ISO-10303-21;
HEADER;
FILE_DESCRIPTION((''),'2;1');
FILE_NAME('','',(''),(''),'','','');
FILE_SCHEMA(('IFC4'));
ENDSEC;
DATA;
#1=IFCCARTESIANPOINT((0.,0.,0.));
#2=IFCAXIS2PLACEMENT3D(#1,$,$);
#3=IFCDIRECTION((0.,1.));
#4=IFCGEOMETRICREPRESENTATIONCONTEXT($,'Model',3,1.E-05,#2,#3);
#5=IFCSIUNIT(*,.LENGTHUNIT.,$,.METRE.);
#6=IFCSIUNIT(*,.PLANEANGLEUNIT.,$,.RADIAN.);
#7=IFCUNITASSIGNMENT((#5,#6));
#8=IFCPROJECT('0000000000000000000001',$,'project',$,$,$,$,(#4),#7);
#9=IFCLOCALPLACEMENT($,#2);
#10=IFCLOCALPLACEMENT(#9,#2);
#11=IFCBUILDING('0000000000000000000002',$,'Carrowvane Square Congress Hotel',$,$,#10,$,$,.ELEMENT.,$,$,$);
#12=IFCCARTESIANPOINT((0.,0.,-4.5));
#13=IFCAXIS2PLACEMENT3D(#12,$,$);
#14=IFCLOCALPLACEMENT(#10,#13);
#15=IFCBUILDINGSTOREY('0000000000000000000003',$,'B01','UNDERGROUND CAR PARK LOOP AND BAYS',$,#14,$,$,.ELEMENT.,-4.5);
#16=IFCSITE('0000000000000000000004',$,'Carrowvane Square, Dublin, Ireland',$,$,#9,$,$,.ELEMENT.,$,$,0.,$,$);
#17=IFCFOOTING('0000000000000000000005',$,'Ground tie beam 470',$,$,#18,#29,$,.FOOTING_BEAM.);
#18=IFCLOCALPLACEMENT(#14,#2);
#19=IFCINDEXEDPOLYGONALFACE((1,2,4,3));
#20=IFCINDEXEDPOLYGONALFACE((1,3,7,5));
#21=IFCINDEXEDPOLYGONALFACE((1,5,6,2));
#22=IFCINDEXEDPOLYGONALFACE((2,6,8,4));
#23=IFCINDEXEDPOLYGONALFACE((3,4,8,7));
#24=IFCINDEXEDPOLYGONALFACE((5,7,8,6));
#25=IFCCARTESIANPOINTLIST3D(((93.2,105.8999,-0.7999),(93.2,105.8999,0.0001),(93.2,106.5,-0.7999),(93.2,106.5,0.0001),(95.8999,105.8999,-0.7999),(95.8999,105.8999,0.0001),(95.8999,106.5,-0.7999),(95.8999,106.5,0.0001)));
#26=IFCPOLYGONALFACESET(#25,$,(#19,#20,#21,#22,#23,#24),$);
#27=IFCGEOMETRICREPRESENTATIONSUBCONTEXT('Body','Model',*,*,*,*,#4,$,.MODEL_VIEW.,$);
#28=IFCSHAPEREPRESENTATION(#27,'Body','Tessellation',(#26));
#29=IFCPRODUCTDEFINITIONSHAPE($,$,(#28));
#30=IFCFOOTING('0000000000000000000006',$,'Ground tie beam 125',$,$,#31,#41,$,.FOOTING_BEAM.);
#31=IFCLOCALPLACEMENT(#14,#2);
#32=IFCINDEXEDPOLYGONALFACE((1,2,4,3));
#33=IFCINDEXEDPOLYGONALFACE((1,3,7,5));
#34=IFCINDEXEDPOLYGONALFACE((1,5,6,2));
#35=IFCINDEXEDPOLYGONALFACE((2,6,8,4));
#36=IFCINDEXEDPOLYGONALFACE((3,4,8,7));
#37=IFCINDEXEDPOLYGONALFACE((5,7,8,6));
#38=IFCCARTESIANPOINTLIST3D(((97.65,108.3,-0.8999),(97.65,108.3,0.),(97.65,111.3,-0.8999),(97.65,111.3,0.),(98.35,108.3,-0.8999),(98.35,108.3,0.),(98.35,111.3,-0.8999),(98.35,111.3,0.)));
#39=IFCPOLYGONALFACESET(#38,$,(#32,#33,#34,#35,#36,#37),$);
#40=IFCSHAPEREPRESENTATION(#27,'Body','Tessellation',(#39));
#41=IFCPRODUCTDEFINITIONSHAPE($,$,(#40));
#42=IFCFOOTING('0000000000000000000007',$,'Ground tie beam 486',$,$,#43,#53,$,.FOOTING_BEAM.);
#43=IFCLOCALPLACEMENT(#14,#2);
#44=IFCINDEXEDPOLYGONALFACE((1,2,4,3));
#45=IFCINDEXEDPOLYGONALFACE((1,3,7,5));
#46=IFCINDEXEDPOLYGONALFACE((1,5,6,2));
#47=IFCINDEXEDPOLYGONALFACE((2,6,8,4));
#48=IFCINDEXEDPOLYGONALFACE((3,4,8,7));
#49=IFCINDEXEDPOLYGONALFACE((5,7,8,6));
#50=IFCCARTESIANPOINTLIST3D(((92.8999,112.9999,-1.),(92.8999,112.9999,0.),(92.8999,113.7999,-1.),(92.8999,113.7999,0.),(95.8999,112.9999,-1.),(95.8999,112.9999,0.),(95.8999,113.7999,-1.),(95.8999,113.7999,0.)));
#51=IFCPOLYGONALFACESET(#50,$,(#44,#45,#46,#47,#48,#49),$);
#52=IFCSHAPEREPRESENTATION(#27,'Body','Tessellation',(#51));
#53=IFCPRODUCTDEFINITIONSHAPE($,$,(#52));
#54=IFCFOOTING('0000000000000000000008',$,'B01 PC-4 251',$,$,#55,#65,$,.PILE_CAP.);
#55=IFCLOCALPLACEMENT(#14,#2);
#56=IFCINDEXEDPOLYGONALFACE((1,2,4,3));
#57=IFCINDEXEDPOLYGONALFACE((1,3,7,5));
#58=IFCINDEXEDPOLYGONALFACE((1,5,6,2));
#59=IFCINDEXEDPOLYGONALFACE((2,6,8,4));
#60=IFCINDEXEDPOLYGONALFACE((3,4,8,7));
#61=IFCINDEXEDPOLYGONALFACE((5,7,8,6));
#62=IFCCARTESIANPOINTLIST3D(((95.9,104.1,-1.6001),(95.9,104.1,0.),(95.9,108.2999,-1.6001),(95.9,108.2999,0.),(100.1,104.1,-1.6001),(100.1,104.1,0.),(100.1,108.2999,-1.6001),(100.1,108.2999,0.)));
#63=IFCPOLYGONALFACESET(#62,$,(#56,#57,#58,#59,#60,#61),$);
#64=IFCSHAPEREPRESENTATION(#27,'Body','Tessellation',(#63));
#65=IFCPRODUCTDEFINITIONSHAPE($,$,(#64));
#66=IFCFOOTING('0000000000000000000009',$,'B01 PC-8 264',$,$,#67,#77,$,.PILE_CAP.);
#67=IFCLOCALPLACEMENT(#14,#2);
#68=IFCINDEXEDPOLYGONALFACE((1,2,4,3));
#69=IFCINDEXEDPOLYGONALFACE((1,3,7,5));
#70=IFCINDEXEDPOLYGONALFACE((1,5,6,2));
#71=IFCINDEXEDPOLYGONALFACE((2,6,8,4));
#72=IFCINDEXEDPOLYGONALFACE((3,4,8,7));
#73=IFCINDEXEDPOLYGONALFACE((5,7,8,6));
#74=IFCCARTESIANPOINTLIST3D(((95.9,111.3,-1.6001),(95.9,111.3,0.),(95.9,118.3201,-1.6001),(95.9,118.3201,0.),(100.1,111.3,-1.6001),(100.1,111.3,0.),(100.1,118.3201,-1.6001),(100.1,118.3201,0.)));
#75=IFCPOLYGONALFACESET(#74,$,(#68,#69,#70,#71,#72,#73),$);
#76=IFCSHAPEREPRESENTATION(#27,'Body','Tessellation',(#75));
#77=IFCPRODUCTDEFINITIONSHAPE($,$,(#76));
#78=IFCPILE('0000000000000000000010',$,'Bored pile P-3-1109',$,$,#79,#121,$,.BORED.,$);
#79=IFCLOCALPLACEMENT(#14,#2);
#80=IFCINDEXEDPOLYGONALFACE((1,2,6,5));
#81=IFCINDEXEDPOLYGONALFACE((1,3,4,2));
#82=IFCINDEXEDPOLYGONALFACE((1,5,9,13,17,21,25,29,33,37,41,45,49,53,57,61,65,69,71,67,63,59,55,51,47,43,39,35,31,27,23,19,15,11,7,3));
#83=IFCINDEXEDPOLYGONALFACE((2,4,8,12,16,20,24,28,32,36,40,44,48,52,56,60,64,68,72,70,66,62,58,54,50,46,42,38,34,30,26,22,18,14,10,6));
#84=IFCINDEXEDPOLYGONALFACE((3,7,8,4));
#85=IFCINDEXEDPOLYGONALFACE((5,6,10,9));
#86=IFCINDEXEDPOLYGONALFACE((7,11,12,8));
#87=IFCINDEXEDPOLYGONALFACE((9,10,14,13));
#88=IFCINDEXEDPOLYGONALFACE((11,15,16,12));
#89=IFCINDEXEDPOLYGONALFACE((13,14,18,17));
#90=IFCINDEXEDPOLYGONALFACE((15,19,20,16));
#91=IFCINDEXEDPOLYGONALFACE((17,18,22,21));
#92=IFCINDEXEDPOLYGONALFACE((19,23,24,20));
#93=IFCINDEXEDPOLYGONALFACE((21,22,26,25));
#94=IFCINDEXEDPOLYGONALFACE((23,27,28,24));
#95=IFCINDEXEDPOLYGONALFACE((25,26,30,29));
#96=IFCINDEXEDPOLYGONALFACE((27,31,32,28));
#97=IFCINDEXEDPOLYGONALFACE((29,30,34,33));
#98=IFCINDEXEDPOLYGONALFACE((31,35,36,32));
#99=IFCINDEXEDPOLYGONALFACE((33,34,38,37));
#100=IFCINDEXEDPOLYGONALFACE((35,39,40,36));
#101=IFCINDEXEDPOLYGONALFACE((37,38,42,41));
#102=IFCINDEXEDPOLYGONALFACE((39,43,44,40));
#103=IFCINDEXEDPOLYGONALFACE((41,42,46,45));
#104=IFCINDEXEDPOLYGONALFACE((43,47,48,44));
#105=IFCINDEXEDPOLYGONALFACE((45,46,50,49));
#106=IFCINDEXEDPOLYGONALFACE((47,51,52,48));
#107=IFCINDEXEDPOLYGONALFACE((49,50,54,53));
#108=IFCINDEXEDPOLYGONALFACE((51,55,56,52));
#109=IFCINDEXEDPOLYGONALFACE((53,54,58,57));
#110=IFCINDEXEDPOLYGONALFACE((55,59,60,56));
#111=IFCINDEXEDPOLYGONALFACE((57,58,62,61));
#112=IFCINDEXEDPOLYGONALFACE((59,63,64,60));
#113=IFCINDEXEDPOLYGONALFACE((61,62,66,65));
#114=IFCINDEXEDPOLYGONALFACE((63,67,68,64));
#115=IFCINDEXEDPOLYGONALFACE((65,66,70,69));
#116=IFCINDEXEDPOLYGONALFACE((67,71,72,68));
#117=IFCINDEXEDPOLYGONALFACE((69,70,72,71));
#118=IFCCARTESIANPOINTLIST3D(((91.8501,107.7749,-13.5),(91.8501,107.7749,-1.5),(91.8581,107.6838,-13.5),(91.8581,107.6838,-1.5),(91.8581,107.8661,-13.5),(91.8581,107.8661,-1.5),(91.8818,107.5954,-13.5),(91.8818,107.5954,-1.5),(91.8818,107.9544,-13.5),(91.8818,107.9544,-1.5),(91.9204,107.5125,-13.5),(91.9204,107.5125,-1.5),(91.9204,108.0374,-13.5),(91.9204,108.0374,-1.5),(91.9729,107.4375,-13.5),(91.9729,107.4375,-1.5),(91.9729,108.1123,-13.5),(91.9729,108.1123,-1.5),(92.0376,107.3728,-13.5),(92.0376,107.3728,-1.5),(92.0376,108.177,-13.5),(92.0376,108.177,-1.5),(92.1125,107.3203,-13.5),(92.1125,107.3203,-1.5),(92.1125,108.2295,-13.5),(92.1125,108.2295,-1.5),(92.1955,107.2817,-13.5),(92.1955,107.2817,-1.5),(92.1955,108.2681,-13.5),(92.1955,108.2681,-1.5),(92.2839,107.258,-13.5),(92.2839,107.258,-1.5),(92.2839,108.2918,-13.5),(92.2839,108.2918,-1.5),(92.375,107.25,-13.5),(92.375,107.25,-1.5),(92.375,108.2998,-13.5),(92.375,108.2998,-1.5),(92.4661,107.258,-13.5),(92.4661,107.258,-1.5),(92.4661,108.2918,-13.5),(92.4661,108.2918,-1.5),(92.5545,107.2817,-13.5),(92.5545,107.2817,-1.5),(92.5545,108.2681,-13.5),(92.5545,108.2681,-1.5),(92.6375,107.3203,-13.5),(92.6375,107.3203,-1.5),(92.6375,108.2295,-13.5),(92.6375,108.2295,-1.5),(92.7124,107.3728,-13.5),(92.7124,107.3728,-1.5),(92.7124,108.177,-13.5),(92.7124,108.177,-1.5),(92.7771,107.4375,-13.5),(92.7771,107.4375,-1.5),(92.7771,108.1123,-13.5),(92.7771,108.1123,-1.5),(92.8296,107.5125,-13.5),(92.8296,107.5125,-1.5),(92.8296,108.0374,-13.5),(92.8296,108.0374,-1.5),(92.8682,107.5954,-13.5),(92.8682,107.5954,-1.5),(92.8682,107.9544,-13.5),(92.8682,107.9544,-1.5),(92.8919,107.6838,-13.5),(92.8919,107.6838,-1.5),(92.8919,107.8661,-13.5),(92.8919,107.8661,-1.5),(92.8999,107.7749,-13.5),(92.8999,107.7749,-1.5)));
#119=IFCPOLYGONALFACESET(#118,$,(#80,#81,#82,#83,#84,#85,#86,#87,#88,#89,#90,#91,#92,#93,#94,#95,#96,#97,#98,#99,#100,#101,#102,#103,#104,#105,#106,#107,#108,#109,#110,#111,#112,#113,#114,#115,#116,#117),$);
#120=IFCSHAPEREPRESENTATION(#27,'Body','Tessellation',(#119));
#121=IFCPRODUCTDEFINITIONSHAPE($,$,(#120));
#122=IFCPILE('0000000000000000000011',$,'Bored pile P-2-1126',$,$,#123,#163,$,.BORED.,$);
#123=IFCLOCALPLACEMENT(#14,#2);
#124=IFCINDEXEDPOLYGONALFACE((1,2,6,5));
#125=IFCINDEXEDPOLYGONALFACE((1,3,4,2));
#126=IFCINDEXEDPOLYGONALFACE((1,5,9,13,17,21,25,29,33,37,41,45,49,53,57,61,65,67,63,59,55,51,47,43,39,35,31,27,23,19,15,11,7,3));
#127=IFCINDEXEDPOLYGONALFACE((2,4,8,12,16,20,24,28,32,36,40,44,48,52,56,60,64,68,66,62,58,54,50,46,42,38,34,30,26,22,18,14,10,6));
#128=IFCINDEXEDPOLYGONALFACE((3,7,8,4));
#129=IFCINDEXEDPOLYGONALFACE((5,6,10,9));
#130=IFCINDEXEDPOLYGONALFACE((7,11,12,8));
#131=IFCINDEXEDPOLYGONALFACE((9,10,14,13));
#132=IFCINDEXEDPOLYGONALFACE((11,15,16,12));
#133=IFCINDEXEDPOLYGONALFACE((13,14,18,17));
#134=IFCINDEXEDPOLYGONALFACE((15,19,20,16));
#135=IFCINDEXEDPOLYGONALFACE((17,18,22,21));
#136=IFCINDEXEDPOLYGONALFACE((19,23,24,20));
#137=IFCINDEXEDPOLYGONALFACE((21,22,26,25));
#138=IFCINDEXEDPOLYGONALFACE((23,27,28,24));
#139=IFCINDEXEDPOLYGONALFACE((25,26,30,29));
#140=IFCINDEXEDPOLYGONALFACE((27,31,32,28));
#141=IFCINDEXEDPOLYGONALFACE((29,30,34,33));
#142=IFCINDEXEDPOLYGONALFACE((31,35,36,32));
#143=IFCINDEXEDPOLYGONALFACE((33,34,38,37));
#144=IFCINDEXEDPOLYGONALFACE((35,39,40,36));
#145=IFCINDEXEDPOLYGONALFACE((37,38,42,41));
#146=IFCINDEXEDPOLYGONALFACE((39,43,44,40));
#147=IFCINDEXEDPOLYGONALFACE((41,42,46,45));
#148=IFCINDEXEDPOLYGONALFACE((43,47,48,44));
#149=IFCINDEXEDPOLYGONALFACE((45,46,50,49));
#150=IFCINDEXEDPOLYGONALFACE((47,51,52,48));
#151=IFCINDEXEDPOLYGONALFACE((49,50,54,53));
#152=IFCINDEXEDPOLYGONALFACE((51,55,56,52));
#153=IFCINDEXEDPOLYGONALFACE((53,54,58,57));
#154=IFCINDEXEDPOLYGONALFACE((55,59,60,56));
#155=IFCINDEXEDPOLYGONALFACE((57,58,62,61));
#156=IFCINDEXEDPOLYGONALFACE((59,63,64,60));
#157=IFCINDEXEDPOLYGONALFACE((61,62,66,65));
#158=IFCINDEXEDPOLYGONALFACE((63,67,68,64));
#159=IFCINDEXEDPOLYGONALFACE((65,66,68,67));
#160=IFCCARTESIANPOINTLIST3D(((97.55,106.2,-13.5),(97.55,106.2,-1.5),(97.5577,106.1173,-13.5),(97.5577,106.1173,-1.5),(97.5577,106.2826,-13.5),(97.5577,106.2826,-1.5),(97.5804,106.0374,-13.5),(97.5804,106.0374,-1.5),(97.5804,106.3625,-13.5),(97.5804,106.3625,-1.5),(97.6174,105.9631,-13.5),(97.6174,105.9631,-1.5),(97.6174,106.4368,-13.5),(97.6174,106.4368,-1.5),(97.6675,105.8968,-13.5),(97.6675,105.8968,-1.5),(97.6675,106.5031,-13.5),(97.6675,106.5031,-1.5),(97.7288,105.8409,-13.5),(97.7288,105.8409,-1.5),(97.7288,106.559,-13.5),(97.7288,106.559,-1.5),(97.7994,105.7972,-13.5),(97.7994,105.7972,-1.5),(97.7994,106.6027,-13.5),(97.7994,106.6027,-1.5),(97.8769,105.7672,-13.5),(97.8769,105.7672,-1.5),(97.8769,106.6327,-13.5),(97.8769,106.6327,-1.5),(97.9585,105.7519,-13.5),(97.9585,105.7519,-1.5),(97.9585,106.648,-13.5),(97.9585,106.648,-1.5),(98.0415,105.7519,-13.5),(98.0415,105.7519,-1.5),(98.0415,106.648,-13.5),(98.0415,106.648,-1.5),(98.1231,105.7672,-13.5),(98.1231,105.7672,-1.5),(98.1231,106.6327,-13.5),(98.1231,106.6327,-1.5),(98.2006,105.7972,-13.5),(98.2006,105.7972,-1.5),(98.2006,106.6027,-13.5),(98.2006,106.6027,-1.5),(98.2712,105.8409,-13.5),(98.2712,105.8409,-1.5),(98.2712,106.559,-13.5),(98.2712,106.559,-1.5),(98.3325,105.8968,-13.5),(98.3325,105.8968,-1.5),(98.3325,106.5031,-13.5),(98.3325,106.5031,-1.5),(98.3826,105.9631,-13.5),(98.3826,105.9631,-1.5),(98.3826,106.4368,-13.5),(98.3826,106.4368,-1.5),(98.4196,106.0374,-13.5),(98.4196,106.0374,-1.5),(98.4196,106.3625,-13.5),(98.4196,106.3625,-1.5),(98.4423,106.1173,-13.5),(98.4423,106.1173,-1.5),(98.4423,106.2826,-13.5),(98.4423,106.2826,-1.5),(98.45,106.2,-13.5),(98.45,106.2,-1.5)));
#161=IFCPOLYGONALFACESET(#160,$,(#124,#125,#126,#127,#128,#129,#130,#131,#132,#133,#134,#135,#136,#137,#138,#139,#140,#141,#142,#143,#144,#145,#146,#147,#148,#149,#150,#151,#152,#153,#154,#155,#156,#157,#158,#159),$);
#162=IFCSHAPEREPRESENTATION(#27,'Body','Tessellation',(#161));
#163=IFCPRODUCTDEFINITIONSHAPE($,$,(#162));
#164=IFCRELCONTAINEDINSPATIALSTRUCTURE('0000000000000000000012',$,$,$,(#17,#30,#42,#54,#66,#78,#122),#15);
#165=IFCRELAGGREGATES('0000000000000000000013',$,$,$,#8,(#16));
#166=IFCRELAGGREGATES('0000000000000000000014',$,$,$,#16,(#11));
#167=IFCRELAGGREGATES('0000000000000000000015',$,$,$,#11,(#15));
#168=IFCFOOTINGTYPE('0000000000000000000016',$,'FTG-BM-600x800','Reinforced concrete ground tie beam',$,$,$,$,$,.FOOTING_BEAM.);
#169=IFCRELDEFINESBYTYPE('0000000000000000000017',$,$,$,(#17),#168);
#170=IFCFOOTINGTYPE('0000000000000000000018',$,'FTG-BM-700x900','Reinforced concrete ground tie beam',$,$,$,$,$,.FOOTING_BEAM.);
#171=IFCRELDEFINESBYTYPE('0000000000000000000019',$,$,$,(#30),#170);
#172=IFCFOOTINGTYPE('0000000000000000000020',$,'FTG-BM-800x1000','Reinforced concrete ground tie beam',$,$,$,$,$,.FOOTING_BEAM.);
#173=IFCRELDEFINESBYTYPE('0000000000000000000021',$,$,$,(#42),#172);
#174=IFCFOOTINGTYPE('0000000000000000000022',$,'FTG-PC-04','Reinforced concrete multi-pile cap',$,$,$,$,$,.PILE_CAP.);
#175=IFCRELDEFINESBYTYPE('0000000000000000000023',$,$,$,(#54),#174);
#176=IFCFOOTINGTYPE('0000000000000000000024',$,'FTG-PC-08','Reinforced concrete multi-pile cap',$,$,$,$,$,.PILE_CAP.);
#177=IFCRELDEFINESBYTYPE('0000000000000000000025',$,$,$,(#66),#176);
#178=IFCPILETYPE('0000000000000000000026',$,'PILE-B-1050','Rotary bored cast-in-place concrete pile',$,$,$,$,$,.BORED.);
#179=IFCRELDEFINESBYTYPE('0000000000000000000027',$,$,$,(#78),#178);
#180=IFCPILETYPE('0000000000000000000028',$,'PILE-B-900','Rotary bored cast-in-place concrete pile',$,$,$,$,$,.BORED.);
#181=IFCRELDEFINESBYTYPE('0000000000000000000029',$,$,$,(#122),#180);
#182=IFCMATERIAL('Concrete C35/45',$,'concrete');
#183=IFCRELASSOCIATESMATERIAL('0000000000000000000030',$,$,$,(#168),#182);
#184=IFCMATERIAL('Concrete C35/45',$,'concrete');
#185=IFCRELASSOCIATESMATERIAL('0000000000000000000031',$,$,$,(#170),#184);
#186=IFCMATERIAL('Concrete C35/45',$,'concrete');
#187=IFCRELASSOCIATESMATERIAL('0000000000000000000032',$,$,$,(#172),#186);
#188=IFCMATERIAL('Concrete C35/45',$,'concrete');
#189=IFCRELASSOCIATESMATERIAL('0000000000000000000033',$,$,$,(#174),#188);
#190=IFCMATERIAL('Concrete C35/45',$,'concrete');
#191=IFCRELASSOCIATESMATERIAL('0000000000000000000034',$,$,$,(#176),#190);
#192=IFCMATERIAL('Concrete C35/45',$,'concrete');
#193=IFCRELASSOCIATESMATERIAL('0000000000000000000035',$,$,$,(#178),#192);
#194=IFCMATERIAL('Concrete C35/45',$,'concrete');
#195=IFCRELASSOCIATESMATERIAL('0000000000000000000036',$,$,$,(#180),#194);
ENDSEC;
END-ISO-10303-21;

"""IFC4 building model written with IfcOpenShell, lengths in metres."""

from ifc_helpers import new_model, si_unit, direction, frame, origin, origin_2d, place, context, subcontext, project, spatial, rectangle, circle, extrude, material, material_profile, profile_set, type_object, element, save


model = new_model("IFC4")

# Units and contexts
model_context = context("Model", 3, precision=1e-05, world=origin(), true_north=direction((0.0, 1.0)))
body_context = subcontext(model_context, "Body", "Model", "MODEL_VIEW")
ifc_project = project(units=[si_unit("LENGTHUNIT", "METRE"), si_unit("PLANEANGLEUNIT", "RADIAN")], contexts=[model_context])

# Site, building, storey
site_placement = place(None, origin())
site = spatial("IfcSite", under=ifc_project, at=site_placement, Name="Carrowvane Square, Dublin, Ireland", CompositionType="ELEMENT", RefElevation=0.0)
building_placement = place(site_placement, origin())
building = spatial("IfcBuilding", under=site, at=building_placement, Name="Carrowvane Square Congress Hotel", CompositionType="ELEMENT")
storey_placement = place(building_placement, frame((0.0, 0.0, -4.5)))
storey = spatial("IfcBuildingStorey", under=building, at=storey_placement, Name="B01", Description="UNDERGROUND CAR PARK LOOP AND BAYS", CompositionType="ELEMENT", Elevation=-4.5)

# Footings
ifc_material_1 = material(Name="Concrete C35/45", Category="concrete")
ifc_material_profile_1 = material_profile(ifc_material_1, rectangle(XDim=0.6001, YDim=0.8, at=origin_2d()), Name="RC 600x800")
ifc_profile_set_1 = profile_set([ifc_material_profile_1], Name="Concrete C35/45")
footing_type_1 = type_object("IfcFootingType", Name="FTG-BM-600x800", Description="Reinforced concrete ground tie beam", PredefinedType="FOOTING_BEAM", material=ifc_profile_set_1)
footing_1_placement = place(storey_placement, frame((93.2, 106.2, -0.3999), z_axis=(1.0, 0.0, 0.0), x_axis=(0.0, 1.0, 0.0)))
element("IfcFooting", 1, at=footing_1_placement, inside=storey, type_object=footing_type_1, Name="Ground tie beam 470", PredefinedType="FOOTING_BEAM", context=body_context, shape_type="SweptSolid", body=[
    extrude(rectangle(XDim=0.6001, YDim=0.8, at=origin_2d()), origin(), (0.0, 0.0, 1.0), 2.7),
])
ifc_material_2 = material(Name="Concrete C35/45", Category="concrete")
ifc_material_profile_2 = material_profile(ifc_material_2, rectangle(XDim=0.7, YDim=0.8999, at=origin_2d()), Name="RC 700x900")
ifc_profile_set_2 = profile_set([ifc_material_profile_2], Name="Concrete C35/45")
footing_type_2 = type_object("IfcFootingType", Name="FTG-BM-700x900", Description="Reinforced concrete ground tie beam", PredefinedType="FOOTING_BEAM", material=ifc_profile_set_2)
footing_2_placement = place(storey_placement, frame((98.0, 108.3, -0.45), z_axis=(0.0, 1.0, 0.0), x_axis=(-1.0, 0.0, 0.0)))
element("IfcFooting", 2, at=footing_2_placement, inside=storey, type_object=footing_type_2, Name="Ground tie beam 125", PredefinedType="FOOTING_BEAM", context=body_context, shape_type="SweptSolid", body=[
    extrude(rectangle(XDim=0.7, YDim=0.8999, at=origin_2d()), origin(), (0.0, 0.0, 1.0), 3.0),
])
ifc_material_3 = material(Name="Concrete C35/45", Category="concrete")
ifc_material_profile_3 = material_profile(ifc_material_3, rectangle(XDim=0.8, YDim=1.0, at=origin_2d()), Name="RC 800x1000")
ifc_profile_set_3 = profile_set([ifc_material_profile_3], Name="Concrete C35/45")
footing_type_3 = type_object("IfcFootingType", Name="FTG-BM-800x1000", Description="Reinforced concrete ground tie beam", PredefinedType="FOOTING_BEAM", material=ifc_profile_set_3)
footing_3_placement = place(storey_placement, frame((92.8999, 113.3999, -0.5), z_axis=(1.0, 0.0, 0.0), x_axis=(0.0, 1.0, 0.0)))
element("IfcFooting", 3, at=footing_3_placement, inside=storey, type_object=footing_type_3, Name="Ground tie beam 486", PredefinedType="FOOTING_BEAM", context=body_context, shape_type="SweptSolid", body=[
    extrude(rectangle(XDim=0.8, YDim=1.0, at=origin_2d()), origin(), (0.0, 0.0, 1.0), 3.0),
])
ifc_material_4 = material(Name="Concrete C35/45", Category="concrete")
footing_type_4 = type_object("IfcFootingType", Name="FTG-PC-04", Description="Reinforced concrete multi-pile cap", PredefinedType="PILE_CAP", material=ifc_material_4)
footing_4_placement = place(storey_placement, frame((98.0, 106.2, -1.6001), z_axis=(0.0, 0.0, 1.0), x_axis=(1.0, 0.0, 0.0)))
element("IfcFooting", 4, at=footing_4_placement, inside=storey, type_object=footing_type_4, Name="B01 PC-4 251", PredefinedType="PILE_CAP", context=body_context, shape_type="SweptSolid", body=[
    extrude(rectangle(XDim=4.2, YDim=4.2, at=origin_2d()), origin(), (0.0, 0.0, 1.0), 1.6001),
])
ifc_material_5 = material(Name="Concrete C35/45", Category="concrete")
footing_type_5 = type_object("IfcFootingType", Name="FTG-PC-08", Description="Reinforced concrete multi-pile cap", PredefinedType="PILE_CAP", material=ifc_material_5)
footing_5_placement = place(storey_placement, frame((98.0, 114.8101, -1.6001), z_axis=(0.0, 0.0, 1.0), x_axis=(1.0, 0.0, 0.0)))
element("IfcFooting", 5, at=footing_5_placement, inside=storey, type_object=footing_type_5, Name="B01 PC-8 264", PredefinedType="PILE_CAP", context=body_context, shape_type="SweptSolid", body=[
    extrude(rectangle(XDim=4.2, YDim=7.02, at=origin_2d()), origin(), (0.0, 0.0, 1.0), 1.6001),
])

# Piles
ifc_material_6 = material(Name="Concrete C35/45", Category="concrete")
ifc_material_profile_4 = material_profile(ifc_material_6, circle(Radius=0.5249, at=origin_2d()), Name="PILE D1050")
ifc_profile_set_4 = profile_set([ifc_material_profile_4], Name="Concrete C35/45")
pile_type_1 = type_object("IfcPileType", Name="PILE-B-1050", Description="Rotary bored cast-in-place concrete pile", PredefinedType="BORED", material=ifc_profile_set_4)
pile_placement = place(storey_placement, frame((92.375, 107.7749, -1.5), z_axis=(0.0, 0.0, -1.0), x_axis=(1.0, 0.0, 0.0)))
element("IfcPile", 6, at=pile_placement, inside=storey, type_object=pile_type_1, Name="Bored pile P-3-1109", PredefinedType="BORED", context=body_context, shape_type="SweptSolid", body=[
    extrude(circle(Radius=0.5249, at=origin_2d()), origin(), (0.0, 0.0, 1.0), 12.0),
])
ifc_material_7 = material(Name="Concrete C35/45", Category="concrete")
ifc_material_profile_5 = material_profile(ifc_material_7, circle(Radius=0.45, at=origin_2d()), Name="PILE D900")
ifc_profile_set_5 = profile_set([ifc_material_profile_5], Name="Concrete C35/45")
pile_type_2 = type_object("IfcPileType", Name="PILE-B-900", Description="Rotary bored cast-in-place concrete pile", PredefinedType="BORED", material=ifc_profile_set_5)
for number, where, z_axis, x_axis, name in (
    (7, (98.0, 106.2, -1.5), (0.0, 0.0, -1.0), (1.0, 0.0, 0.0), "Bored pile P-2-1126"),
):
    element("IfcPile", number, at=place(storey_placement, frame(where, z_axis=z_axis, x_axis=x_axis)), inside=storey, type_object=pile_type_2, Name=name, PredefinedType="BORED", context=body_context, shape_type="SweptSolid", body=[
        extrude(circle(Radius=0.45, at=origin_2d()), origin(), (0.0, 0.0, 1.0), 12.0),
    ])

save(model, "model.ifc")
